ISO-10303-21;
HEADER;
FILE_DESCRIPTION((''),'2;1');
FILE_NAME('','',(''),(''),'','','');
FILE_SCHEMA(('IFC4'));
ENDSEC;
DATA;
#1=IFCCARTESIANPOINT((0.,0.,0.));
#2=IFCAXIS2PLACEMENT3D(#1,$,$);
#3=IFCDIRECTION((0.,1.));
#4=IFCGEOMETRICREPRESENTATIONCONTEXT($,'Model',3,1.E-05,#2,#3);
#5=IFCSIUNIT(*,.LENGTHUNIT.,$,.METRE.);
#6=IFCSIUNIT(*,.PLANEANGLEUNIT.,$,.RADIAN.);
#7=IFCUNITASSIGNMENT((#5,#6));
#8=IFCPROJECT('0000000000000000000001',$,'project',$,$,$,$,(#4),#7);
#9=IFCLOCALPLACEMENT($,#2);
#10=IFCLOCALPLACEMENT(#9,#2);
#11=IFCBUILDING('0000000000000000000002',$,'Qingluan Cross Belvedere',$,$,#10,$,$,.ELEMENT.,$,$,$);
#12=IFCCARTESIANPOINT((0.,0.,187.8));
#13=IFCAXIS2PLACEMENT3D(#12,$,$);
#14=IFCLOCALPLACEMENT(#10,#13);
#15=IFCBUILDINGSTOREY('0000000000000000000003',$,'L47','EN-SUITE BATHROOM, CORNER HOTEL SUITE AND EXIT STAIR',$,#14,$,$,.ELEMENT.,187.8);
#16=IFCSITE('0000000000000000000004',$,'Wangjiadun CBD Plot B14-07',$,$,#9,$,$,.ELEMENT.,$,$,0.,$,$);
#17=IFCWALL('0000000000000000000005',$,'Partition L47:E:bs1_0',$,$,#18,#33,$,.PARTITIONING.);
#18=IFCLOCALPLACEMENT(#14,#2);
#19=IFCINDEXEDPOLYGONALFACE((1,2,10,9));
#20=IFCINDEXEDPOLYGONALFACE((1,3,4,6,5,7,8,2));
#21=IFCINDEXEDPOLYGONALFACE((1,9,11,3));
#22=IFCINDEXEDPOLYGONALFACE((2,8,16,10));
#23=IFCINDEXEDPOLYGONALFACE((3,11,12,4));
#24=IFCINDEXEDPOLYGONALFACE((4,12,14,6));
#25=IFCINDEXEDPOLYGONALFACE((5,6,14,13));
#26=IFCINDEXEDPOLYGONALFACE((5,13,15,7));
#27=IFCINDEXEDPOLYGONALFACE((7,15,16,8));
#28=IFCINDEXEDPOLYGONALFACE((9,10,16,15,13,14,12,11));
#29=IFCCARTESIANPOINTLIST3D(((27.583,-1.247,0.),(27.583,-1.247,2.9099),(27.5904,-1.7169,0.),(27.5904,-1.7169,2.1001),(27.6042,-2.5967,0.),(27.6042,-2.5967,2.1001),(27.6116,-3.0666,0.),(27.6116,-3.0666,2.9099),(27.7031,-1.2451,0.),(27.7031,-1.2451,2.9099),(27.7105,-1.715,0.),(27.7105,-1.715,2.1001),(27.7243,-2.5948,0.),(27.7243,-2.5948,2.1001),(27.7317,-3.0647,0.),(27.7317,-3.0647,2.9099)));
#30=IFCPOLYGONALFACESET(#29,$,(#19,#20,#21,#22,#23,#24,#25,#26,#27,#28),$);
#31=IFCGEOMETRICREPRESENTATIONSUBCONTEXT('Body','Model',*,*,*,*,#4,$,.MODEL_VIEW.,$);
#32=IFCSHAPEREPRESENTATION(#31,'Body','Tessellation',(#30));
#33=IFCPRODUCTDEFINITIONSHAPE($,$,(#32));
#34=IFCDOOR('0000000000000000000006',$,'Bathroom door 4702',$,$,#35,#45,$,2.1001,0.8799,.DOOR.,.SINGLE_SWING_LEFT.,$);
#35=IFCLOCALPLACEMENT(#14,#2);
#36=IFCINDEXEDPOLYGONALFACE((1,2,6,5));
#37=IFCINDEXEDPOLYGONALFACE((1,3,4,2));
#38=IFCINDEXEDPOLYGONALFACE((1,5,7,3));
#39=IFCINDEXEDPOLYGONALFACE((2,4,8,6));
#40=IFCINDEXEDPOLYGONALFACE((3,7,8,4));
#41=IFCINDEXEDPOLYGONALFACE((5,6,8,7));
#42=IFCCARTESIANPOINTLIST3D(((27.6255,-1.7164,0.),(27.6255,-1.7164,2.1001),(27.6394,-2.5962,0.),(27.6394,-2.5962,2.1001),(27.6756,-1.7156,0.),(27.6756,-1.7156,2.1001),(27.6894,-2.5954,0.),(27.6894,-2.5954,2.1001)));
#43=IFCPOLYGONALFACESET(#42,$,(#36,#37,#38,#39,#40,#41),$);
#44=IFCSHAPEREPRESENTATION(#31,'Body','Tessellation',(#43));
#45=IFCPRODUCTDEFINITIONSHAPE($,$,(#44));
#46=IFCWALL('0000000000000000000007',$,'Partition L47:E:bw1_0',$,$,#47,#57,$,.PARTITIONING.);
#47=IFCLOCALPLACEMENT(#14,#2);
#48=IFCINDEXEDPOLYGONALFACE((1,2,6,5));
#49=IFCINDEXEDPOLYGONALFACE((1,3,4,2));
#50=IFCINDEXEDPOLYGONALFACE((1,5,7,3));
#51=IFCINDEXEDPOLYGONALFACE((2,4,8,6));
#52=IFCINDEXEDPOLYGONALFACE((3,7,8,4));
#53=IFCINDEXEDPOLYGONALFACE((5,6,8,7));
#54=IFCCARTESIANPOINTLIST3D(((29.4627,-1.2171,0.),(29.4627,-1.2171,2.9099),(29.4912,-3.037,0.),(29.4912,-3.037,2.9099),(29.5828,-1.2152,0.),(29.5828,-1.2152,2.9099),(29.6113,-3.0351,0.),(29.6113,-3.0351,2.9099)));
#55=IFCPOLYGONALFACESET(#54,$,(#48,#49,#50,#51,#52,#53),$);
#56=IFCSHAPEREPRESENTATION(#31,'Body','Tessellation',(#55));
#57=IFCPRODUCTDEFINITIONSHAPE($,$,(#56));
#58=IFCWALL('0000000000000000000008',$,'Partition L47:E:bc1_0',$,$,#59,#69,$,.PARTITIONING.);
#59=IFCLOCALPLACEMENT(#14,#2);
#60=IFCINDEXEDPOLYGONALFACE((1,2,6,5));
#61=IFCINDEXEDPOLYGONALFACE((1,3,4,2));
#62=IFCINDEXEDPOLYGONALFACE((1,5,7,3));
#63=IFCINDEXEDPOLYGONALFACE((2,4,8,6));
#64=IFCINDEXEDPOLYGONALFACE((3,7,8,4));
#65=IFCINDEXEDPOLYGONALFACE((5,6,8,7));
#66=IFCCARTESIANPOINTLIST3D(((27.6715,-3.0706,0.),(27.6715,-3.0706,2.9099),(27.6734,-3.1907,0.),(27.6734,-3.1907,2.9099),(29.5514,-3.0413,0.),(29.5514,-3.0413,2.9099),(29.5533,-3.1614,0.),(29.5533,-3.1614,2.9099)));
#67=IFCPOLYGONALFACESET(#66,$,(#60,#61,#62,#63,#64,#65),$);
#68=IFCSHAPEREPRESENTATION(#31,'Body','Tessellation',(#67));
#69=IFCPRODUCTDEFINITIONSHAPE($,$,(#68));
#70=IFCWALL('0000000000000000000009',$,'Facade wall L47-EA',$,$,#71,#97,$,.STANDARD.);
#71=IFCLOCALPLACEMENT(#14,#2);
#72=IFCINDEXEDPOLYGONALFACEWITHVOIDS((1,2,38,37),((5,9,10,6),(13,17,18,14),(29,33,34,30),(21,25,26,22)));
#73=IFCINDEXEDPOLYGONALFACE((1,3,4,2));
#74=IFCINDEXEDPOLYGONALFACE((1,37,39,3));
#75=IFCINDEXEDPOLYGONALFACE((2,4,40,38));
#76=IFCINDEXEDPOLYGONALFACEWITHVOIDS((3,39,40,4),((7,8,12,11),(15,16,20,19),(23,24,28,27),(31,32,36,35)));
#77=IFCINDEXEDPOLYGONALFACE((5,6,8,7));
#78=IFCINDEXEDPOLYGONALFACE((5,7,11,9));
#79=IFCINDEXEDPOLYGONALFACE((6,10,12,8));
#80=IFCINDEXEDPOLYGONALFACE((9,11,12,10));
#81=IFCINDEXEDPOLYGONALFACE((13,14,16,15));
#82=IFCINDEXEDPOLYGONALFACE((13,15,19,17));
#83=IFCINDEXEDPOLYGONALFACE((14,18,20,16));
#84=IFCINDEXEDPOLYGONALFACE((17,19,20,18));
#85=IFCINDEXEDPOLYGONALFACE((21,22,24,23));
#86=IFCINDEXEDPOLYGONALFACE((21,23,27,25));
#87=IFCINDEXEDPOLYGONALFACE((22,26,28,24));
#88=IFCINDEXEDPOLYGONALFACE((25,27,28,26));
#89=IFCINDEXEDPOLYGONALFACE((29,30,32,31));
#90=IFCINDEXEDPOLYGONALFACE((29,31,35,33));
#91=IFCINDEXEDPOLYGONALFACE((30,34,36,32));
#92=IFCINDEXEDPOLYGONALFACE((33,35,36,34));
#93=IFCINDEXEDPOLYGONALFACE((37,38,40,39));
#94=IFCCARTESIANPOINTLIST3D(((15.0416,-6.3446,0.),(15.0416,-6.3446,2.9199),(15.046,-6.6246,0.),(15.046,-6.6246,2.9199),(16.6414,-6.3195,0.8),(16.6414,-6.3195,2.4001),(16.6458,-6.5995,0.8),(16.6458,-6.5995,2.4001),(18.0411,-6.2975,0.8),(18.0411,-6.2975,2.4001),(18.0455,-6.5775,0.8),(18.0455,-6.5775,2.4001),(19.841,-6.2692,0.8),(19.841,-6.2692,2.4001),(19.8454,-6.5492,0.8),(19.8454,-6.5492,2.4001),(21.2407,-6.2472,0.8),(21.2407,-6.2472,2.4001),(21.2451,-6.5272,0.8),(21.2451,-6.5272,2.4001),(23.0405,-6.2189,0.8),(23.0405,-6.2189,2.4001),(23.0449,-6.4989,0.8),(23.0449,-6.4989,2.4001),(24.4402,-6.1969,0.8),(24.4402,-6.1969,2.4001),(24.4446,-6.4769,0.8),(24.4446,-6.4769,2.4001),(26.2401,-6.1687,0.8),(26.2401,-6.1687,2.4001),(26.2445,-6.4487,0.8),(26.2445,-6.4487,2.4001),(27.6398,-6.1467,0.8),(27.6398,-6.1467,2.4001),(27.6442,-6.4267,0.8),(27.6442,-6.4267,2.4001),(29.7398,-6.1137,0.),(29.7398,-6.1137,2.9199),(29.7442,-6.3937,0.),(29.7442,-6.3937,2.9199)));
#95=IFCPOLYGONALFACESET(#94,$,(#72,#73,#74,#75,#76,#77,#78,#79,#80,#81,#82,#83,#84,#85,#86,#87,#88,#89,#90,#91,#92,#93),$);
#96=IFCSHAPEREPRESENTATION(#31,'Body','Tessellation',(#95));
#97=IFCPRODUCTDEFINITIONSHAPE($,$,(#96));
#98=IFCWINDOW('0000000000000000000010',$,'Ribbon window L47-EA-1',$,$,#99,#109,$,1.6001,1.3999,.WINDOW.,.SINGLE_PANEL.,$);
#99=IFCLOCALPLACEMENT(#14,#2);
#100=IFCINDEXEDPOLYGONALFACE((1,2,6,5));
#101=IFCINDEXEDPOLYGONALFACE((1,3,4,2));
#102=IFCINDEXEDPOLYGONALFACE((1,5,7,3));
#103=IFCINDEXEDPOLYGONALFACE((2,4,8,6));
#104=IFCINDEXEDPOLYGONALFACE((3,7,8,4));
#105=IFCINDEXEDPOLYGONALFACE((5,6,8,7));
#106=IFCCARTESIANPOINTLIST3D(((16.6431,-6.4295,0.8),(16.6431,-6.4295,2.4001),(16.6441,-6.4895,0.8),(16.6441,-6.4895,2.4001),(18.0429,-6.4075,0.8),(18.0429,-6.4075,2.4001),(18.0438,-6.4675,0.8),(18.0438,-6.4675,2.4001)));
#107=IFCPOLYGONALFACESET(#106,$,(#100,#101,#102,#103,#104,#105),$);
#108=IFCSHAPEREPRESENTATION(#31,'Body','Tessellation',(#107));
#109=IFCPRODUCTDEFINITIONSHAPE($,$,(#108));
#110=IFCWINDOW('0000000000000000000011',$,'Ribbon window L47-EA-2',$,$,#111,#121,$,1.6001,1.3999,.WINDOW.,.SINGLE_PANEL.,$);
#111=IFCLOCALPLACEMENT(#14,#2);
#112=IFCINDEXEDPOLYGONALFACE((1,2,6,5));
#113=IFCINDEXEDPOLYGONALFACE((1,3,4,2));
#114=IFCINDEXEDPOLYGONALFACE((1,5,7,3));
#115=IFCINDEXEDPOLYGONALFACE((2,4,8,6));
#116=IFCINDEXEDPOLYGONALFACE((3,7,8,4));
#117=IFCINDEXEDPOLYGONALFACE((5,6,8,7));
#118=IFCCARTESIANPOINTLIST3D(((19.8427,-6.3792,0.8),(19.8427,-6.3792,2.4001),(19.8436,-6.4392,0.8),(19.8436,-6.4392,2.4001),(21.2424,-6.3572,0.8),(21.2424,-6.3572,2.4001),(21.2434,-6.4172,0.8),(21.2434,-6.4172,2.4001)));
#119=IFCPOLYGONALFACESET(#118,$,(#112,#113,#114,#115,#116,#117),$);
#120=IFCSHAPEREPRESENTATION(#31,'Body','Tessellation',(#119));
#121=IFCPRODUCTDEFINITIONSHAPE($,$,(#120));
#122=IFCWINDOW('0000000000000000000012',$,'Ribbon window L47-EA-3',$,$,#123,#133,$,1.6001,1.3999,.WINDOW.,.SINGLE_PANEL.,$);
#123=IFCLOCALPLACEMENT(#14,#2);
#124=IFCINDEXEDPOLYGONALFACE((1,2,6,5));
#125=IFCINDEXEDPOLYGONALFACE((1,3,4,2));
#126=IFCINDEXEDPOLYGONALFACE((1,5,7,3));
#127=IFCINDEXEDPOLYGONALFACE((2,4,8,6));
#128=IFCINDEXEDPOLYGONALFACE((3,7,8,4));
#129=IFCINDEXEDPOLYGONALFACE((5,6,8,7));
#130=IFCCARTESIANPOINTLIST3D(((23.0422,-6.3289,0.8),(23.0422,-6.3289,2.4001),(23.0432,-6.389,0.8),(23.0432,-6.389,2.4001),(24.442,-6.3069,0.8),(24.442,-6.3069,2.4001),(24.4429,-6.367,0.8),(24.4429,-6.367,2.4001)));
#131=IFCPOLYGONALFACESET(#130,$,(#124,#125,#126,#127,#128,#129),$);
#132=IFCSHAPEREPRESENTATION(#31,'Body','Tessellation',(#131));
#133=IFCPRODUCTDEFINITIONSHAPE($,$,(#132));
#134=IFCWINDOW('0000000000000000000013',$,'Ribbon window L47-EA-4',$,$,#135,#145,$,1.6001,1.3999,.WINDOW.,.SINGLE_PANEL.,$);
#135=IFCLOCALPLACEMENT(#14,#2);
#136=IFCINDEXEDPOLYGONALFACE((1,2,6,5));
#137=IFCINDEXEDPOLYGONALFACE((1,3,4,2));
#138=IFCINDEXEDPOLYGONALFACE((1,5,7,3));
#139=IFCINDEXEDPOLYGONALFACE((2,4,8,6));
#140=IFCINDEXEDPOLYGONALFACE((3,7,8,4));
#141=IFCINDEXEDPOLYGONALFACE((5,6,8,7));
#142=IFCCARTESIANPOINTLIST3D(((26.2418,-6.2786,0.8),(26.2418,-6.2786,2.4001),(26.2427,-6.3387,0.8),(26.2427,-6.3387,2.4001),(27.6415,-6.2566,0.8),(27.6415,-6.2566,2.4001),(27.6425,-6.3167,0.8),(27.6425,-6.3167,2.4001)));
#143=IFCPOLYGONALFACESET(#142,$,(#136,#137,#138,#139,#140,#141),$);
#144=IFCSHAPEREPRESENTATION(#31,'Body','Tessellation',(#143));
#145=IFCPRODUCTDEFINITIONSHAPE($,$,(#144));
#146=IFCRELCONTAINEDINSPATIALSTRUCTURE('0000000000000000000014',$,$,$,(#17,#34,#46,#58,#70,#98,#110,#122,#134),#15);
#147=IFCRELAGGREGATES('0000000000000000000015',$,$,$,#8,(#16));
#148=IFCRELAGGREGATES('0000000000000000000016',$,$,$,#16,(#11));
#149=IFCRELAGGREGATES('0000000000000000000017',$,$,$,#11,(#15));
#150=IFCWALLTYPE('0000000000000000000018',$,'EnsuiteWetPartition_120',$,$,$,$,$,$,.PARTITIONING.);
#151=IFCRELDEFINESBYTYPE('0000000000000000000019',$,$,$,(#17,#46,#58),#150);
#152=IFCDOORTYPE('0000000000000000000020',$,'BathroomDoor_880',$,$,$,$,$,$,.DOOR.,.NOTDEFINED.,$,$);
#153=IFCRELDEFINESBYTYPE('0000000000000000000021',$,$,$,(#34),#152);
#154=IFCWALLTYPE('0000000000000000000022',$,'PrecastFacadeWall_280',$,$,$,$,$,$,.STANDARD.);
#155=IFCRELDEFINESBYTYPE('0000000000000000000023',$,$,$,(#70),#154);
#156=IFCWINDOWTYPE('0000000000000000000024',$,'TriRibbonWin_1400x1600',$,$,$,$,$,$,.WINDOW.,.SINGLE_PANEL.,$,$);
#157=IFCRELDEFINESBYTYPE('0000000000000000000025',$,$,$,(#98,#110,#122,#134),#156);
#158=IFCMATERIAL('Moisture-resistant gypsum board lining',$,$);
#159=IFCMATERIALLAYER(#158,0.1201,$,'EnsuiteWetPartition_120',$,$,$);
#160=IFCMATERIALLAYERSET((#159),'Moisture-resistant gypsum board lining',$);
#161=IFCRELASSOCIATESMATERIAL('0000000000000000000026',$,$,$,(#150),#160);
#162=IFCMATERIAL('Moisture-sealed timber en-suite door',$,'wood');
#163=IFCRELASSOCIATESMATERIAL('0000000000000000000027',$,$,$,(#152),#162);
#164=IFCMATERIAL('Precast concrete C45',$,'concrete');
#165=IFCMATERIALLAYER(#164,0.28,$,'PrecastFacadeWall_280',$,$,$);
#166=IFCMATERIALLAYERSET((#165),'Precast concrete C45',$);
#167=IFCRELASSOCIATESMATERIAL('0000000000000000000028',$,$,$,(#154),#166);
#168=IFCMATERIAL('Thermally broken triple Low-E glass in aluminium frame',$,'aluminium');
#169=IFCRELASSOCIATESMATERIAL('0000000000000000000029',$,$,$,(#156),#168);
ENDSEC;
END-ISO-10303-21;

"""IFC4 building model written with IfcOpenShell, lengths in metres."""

from ifc_helpers import new_model, si_unit, direction, frame, frame_2d, origin, place, context, subcontext, project, spatial, rectangle, extrude, material, layer, layer_set, type_object, element, fill, save


model = new_model("IFC4")

# Units and contexts
model_context = context("Model", 3, precision=1e-05, world=origin(), true_north=direction((0.0, 1.0)))
body_context = subcontext(model_context, "Body", "Model", "MODEL_VIEW")
ifc_project = project(units=[si_unit("LENGTHUNIT", "METRE"), si_unit("PLANEANGLEUNIT", "RADIAN")], contexts=[model_context])

# Site, building, storey
site_placement = place(None, origin())
site = spatial("IfcSite", under=ifc_project, at=site_placement, Name="Wangjiadun CBD Plot B14-07", CompositionType="ELEMENT", RefElevation=0.0)
building_placement = place(site_placement, origin())
building = spatial("IfcBuilding", under=site, at=building_placement, Name="Qingluan Cross Belvedere", CompositionType="ELEMENT")
storey_placement = place(building_placement, frame((0.0, 0.0, 187.8)))
storey = spatial("IfcBuildingStorey", under=building, at=storey_placement, Name="L47", Description="EN-SUITE BATHROOM, CORNER HOTEL SUITE AND EXIT STAIR", CompositionType="ELEMENT", Elevation=187.8)

# Wall, opening, door
ifc_material_1 = material(Name="Moisture-resistant gypsum board lining")
ifc_layer_1 = layer(ifc_material_1, 0.1201, Name="EnsuiteWetPartition_120")
ifc_layer_set_1 = layer_set([ifc_layer_1], Name="Moisture-resistant gypsum board lining")
wall_type_1 = type_object("IfcWallType", Name="EnsuiteWetPartition_120", PredefinedType="PARTITIONING", material=ifc_layer_set_1)
wall_1_placement = place(storey_placement, frame((27.6716, -3.0657, 0.0), z_axis=(0.0, 0.0, 1.0), x_axis=(-0.015696, 0.999877, 0.0)))
wall_1 = element("IfcWall", 1, at=wall_1_placement, inside=storey, type_object=wall_type_1, Name="Partition L47:E:bs1_0", PredefinedType="PARTITIONING", context=body_context, shape_type="SweptSolid", body=[
    extrude(rectangle(XDim=1.8198, YDim=0.1201, at=frame_2d((0.9099, 0.0))), origin(), (0.0, 0.0, 1.0), 2.9099),
])
opening_1_placement = place(wall_1_placement, frame((0.47, 0.0, 0.0)))
opening_1 = element("IfcOpeningElement", 2, at=opening_1_placement, cuts=wall_1, PredefinedType="OPENING", context=body_context, shape_type="SweptSolid", body=[
    extrude(rectangle(XDim=0.8799, YDim=2.1001, at=frame_2d((0.4399, 1.05))), frame((0.0, 0.0701, 0.0), z_axis=(0.0, -1.0, 0.0), x_axis=(1.0, 0.0, 0.0)), (0.0, 0.0, 1.0), 0.1401),
])
ifc_material_2 = material(Name="Moisture-sealed timber en-suite door", Category="wood")
door_type_1 = type_object("IfcDoorType", Name="BathroomDoor_880", OperationType="NOTDEFINED", PredefinedType="DOOR", material=ifc_material_2)
door_1_placement = place(opening_1_placement, origin())
door_1 = element("IfcDoor", 3, at=door_1_placement, inside=storey, type_object=door_type_1, Name="Bathroom door 4702", OperationType="SINGLE_SWING_LEFT", OverallHeight=2.1001, OverallWidth=0.8799, PredefinedType="DOOR", context=body_context, shape_type="SweptSolid", body=[
    extrude(rectangle(XDim=0.8799, YDim=2.1001, at=frame_2d((0.4399, 1.05))), frame((0.0, 0.0249, 0.0), z_axis=(0.0, -1.0, 0.0), x_axis=(1.0, 0.0, 0.0)), (0.0, 0.0, 1.0), 0.05),
])
fill(opening_1, door_1)

# Walls
wall_2_placement = place(storey_placement, frame((29.5513, -3.0361, 0.0), z_axis=(0.0, 0.0, 1.0), x_axis=(-0.015694, 0.999877, 0.0)))
element("IfcWall", 4, at=wall_2_placement, inside=storey, type_object=wall_type_1, Name="Partition L47:E:bw1_0", PredefinedType="PARTITIONING", context=body_context, shape_type="SweptSolid", body=[
    extrude(rectangle(XDim=1.8201, YDim=0.1201, at=frame_2d((0.9102, 0.0))), origin(), (0.0, 0.0, 1.0), 2.9099),
])
wall_3_placement = place(storey_placement, frame((27.6726, -3.1306, 0.0), z_axis=(0.0, 0.0, 1.0), x_axis=(0.999879, 0.015583, 0.0)))
element("IfcWall", 5, at=wall_3_placement, inside=storey, type_object=wall_type_1, Name="Partition L47:E:bc1_0", PredefinedType="PARTITIONING", context=body_context, shape_type="SweptSolid", body=[
    extrude(rectangle(XDim=1.8801, YDim=0.1201, at=frame_2d((0.9399, 0.0))), origin(), (0.0, 0.0, 1.0), 2.9099),
])

# Wall, openings, windows
ifc_material_3 = material(Name="Precast concrete C45", Category="concrete")
ifc_layer_2 = layer(ifc_material_3, 0.28, Name="PrecastFacadeWall_280")
ifc_layer_set_2 = layer_set([ifc_layer_2], Name="Precast concrete C45")
wall_type_2 = type_object("IfcWallType", Name="PrecastFacadeWall_280", PredefinedType="STANDARD", material=ifc_layer_set_2)
wall_4_placement = place(storey_placement, frame((15.0437, -6.4846, 0.0), z_axis=(0.0, 0.0, 1.0), x_axis=(0.999877, 0.015711, 0.0)))
wall_4 = element("IfcWall", 6, at=wall_4_placement, inside=storey, type_object=wall_type_2, Name="Facade wall L47-EA", PredefinedType="STANDARD", context=body_context, shape_type="SweptSolid", body=[
    extrude(rectangle(XDim=14.7, YDim=0.28, at=frame_2d((7.3501, 0.0))), origin(), (0.0, 0.0, 1.0), 2.9199),
])
opening_2_placement = place(wall_4_placement, frame((1.6001, 0.0, 0.8)))
opening_2 = element("IfcOpeningElement", 7, at=opening_2_placement, cuts=wall_4, PredefinedType="OPENING", context=body_context, shape_type="SweptSolid", body=[
    extrude(rectangle(XDim=1.3999, YDim=1.6001, at=frame_2d((0.7, 0.8))), frame((0.0, 0.1499, 0.0), z_axis=(0.0, -1.0, 0.0), x_axis=(1.0, 0.0, 0.0)), (0.0, 0.0, 1.0), 0.3),
])
opening_3_placement = place(wall_4_placement, frame((4.8, 0.0, 0.8)))
opening_3 = element("IfcOpeningElement", 8, at=opening_3_placement, cuts=wall_4, PredefinedType="OPENING", context=body_context, shape_type="SweptSolid", body=[
    extrude(rectangle(XDim=1.3999, YDim=1.6001, at=frame_2d((0.7, 0.8))), frame((0.0, 0.1499, 0.0), z_axis=(0.0, -1.0, 0.0), x_axis=(1.0, 0.0, 0.0)), (0.0, 0.0, 1.0), 0.3),
])
opening_4_placement = place(wall_4_placement, frame((8.0, 0.0, 0.8)))
opening_4 = element("IfcOpeningElement", 9, at=opening_4_placement, cuts=wall_4, PredefinedType="OPENING", context=body_context, shape_type="SweptSolid", body=[
    extrude(rectangle(XDim=1.3999, YDim=1.6001, at=frame_2d((0.7, 0.8))), frame((0.0, 0.1499, 0.0), z_axis=(0.0, -1.0, 0.0), x_axis=(1.0, 0.0, 0.0)), (0.0, 0.0, 1.0), 0.3),
])
opening_5_placement = place(wall_4_placement, frame((11.2, 0.0, 0.8)))
opening_5 = element("IfcOpeningElement", 10, at=opening_5_placement, cuts=wall_4, PredefinedType="OPENING", context=body_context, shape_type="SweptSolid", body=[
    extrude(rectangle(XDim=1.3999, YDim=1.6001, at=frame_2d((0.7, 0.8))), frame((0.0, 0.1499, 0.0), z_axis=(0.0, -1.0, 0.0), x_axis=(1.0, 0.0, 0.0)), (0.0, 0.0, 1.0), 0.3),
])
ifc_material_4 = material(Name="Thermally broken triple Low-E glass in aluminium frame", Category="aluminium")
window_type_1 = type_object("IfcWindowType", Name="TriRibbonWin_1400x1600", PartitioningType="SINGLE_PANEL", PredefinedType="WINDOW", material=ifc_material_4)
window_1_placement = place(opening_2_placement, origin())
window_1 = element("IfcWindow", 11, at=window_1_placement, inside=storey, type_object=window_type_1, Name="Ribbon window L47-EA-1", OverallHeight=1.6001, OverallWidth=1.3999, PartitioningType="SINGLE_PANEL", PredefinedType="WINDOW", context=body_context, shape_type="SweptSolid", body=[
    extrude(rectangle(XDim=1.3999, YDim=1.6001, at=frame_2d((0.7, 0.8))), frame((0.0, 0.03, 0.0), z_axis=(0.0, -1.0, 0.0), x_axis=(1.0, 0.0, 0.0)), (0.0, 0.0, 1.0), 0.0601),
])
fill(opening_2, window_1)
window_2_placement = place(opening_3_placement, origin())
window_2 = element("IfcWindow", 12, at=window_2_placement, inside=storey, type_object=window_type_1, Name="Ribbon window L47-EA-2", OverallHeight=1.6001, OverallWidth=1.3999, PartitioningType="SINGLE_PANEL", PredefinedType="WINDOW", context=body_context, shape_type="SweptSolid", body=[
    extrude(rectangle(XDim=1.3999, YDim=1.6001, at=frame_2d((0.7, 0.8))), frame((0.0, 0.03, 0.0), z_axis=(0.0, -1.0, 0.0), x_axis=(1.0, 0.0, 0.0)), (0.0, 0.0, 1.0), 0.0601),
])
fill(opening_3, window_2)
window_3_placement = place(opening_4_placement, origin())
window_3 = element("IfcWindow", 13, at=window_3_placement, inside=storey, type_object=window_type_1, Name="Ribbon window L47-EA-3", OverallHeight=1.6001, OverallWidth=1.3999, PartitioningType="SINGLE_PANEL", PredefinedType="WINDOW", context=body_context, shape_type="SweptSolid", body=[
    extrude(rectangle(XDim=1.3999, YDim=1.6001, at=frame_2d((0.7, 0.8))), frame((0.0, 0.03, 0.0), z_axis=(0.0, -1.0, 0.0), x_axis=(1.0, 0.0, 0.0)), (0.0, 0.0, 1.0), 0.0601),
])
fill(opening_4, window_3)
window_4_placement = place(opening_5_placement, origin())
window_4 = element("IfcWindow", 14, at=window_4_placement, inside=storey, type_object=window_type_1, Name="Ribbon window L47-EA-4", OverallHeight=1.6001, OverallWidth=1.3999, PartitioningType="SINGLE_PANEL", PredefinedType="WINDOW", context=body_context, shape_type="SweptSolid", body=[
    extrude(rectangle(XDim=1.3999, YDim=1.6001, at=frame_2d((0.7, 0.8))), frame((0.0, 0.03, 0.0), z_axis=(0.0, -1.0, 0.0), x_axis=(1.0, 0.0, 0.0)), (0.0, 0.0, 1.0), 0.0601),
])
fill(opening_5, window_4)

save(model, "model.ifc")
